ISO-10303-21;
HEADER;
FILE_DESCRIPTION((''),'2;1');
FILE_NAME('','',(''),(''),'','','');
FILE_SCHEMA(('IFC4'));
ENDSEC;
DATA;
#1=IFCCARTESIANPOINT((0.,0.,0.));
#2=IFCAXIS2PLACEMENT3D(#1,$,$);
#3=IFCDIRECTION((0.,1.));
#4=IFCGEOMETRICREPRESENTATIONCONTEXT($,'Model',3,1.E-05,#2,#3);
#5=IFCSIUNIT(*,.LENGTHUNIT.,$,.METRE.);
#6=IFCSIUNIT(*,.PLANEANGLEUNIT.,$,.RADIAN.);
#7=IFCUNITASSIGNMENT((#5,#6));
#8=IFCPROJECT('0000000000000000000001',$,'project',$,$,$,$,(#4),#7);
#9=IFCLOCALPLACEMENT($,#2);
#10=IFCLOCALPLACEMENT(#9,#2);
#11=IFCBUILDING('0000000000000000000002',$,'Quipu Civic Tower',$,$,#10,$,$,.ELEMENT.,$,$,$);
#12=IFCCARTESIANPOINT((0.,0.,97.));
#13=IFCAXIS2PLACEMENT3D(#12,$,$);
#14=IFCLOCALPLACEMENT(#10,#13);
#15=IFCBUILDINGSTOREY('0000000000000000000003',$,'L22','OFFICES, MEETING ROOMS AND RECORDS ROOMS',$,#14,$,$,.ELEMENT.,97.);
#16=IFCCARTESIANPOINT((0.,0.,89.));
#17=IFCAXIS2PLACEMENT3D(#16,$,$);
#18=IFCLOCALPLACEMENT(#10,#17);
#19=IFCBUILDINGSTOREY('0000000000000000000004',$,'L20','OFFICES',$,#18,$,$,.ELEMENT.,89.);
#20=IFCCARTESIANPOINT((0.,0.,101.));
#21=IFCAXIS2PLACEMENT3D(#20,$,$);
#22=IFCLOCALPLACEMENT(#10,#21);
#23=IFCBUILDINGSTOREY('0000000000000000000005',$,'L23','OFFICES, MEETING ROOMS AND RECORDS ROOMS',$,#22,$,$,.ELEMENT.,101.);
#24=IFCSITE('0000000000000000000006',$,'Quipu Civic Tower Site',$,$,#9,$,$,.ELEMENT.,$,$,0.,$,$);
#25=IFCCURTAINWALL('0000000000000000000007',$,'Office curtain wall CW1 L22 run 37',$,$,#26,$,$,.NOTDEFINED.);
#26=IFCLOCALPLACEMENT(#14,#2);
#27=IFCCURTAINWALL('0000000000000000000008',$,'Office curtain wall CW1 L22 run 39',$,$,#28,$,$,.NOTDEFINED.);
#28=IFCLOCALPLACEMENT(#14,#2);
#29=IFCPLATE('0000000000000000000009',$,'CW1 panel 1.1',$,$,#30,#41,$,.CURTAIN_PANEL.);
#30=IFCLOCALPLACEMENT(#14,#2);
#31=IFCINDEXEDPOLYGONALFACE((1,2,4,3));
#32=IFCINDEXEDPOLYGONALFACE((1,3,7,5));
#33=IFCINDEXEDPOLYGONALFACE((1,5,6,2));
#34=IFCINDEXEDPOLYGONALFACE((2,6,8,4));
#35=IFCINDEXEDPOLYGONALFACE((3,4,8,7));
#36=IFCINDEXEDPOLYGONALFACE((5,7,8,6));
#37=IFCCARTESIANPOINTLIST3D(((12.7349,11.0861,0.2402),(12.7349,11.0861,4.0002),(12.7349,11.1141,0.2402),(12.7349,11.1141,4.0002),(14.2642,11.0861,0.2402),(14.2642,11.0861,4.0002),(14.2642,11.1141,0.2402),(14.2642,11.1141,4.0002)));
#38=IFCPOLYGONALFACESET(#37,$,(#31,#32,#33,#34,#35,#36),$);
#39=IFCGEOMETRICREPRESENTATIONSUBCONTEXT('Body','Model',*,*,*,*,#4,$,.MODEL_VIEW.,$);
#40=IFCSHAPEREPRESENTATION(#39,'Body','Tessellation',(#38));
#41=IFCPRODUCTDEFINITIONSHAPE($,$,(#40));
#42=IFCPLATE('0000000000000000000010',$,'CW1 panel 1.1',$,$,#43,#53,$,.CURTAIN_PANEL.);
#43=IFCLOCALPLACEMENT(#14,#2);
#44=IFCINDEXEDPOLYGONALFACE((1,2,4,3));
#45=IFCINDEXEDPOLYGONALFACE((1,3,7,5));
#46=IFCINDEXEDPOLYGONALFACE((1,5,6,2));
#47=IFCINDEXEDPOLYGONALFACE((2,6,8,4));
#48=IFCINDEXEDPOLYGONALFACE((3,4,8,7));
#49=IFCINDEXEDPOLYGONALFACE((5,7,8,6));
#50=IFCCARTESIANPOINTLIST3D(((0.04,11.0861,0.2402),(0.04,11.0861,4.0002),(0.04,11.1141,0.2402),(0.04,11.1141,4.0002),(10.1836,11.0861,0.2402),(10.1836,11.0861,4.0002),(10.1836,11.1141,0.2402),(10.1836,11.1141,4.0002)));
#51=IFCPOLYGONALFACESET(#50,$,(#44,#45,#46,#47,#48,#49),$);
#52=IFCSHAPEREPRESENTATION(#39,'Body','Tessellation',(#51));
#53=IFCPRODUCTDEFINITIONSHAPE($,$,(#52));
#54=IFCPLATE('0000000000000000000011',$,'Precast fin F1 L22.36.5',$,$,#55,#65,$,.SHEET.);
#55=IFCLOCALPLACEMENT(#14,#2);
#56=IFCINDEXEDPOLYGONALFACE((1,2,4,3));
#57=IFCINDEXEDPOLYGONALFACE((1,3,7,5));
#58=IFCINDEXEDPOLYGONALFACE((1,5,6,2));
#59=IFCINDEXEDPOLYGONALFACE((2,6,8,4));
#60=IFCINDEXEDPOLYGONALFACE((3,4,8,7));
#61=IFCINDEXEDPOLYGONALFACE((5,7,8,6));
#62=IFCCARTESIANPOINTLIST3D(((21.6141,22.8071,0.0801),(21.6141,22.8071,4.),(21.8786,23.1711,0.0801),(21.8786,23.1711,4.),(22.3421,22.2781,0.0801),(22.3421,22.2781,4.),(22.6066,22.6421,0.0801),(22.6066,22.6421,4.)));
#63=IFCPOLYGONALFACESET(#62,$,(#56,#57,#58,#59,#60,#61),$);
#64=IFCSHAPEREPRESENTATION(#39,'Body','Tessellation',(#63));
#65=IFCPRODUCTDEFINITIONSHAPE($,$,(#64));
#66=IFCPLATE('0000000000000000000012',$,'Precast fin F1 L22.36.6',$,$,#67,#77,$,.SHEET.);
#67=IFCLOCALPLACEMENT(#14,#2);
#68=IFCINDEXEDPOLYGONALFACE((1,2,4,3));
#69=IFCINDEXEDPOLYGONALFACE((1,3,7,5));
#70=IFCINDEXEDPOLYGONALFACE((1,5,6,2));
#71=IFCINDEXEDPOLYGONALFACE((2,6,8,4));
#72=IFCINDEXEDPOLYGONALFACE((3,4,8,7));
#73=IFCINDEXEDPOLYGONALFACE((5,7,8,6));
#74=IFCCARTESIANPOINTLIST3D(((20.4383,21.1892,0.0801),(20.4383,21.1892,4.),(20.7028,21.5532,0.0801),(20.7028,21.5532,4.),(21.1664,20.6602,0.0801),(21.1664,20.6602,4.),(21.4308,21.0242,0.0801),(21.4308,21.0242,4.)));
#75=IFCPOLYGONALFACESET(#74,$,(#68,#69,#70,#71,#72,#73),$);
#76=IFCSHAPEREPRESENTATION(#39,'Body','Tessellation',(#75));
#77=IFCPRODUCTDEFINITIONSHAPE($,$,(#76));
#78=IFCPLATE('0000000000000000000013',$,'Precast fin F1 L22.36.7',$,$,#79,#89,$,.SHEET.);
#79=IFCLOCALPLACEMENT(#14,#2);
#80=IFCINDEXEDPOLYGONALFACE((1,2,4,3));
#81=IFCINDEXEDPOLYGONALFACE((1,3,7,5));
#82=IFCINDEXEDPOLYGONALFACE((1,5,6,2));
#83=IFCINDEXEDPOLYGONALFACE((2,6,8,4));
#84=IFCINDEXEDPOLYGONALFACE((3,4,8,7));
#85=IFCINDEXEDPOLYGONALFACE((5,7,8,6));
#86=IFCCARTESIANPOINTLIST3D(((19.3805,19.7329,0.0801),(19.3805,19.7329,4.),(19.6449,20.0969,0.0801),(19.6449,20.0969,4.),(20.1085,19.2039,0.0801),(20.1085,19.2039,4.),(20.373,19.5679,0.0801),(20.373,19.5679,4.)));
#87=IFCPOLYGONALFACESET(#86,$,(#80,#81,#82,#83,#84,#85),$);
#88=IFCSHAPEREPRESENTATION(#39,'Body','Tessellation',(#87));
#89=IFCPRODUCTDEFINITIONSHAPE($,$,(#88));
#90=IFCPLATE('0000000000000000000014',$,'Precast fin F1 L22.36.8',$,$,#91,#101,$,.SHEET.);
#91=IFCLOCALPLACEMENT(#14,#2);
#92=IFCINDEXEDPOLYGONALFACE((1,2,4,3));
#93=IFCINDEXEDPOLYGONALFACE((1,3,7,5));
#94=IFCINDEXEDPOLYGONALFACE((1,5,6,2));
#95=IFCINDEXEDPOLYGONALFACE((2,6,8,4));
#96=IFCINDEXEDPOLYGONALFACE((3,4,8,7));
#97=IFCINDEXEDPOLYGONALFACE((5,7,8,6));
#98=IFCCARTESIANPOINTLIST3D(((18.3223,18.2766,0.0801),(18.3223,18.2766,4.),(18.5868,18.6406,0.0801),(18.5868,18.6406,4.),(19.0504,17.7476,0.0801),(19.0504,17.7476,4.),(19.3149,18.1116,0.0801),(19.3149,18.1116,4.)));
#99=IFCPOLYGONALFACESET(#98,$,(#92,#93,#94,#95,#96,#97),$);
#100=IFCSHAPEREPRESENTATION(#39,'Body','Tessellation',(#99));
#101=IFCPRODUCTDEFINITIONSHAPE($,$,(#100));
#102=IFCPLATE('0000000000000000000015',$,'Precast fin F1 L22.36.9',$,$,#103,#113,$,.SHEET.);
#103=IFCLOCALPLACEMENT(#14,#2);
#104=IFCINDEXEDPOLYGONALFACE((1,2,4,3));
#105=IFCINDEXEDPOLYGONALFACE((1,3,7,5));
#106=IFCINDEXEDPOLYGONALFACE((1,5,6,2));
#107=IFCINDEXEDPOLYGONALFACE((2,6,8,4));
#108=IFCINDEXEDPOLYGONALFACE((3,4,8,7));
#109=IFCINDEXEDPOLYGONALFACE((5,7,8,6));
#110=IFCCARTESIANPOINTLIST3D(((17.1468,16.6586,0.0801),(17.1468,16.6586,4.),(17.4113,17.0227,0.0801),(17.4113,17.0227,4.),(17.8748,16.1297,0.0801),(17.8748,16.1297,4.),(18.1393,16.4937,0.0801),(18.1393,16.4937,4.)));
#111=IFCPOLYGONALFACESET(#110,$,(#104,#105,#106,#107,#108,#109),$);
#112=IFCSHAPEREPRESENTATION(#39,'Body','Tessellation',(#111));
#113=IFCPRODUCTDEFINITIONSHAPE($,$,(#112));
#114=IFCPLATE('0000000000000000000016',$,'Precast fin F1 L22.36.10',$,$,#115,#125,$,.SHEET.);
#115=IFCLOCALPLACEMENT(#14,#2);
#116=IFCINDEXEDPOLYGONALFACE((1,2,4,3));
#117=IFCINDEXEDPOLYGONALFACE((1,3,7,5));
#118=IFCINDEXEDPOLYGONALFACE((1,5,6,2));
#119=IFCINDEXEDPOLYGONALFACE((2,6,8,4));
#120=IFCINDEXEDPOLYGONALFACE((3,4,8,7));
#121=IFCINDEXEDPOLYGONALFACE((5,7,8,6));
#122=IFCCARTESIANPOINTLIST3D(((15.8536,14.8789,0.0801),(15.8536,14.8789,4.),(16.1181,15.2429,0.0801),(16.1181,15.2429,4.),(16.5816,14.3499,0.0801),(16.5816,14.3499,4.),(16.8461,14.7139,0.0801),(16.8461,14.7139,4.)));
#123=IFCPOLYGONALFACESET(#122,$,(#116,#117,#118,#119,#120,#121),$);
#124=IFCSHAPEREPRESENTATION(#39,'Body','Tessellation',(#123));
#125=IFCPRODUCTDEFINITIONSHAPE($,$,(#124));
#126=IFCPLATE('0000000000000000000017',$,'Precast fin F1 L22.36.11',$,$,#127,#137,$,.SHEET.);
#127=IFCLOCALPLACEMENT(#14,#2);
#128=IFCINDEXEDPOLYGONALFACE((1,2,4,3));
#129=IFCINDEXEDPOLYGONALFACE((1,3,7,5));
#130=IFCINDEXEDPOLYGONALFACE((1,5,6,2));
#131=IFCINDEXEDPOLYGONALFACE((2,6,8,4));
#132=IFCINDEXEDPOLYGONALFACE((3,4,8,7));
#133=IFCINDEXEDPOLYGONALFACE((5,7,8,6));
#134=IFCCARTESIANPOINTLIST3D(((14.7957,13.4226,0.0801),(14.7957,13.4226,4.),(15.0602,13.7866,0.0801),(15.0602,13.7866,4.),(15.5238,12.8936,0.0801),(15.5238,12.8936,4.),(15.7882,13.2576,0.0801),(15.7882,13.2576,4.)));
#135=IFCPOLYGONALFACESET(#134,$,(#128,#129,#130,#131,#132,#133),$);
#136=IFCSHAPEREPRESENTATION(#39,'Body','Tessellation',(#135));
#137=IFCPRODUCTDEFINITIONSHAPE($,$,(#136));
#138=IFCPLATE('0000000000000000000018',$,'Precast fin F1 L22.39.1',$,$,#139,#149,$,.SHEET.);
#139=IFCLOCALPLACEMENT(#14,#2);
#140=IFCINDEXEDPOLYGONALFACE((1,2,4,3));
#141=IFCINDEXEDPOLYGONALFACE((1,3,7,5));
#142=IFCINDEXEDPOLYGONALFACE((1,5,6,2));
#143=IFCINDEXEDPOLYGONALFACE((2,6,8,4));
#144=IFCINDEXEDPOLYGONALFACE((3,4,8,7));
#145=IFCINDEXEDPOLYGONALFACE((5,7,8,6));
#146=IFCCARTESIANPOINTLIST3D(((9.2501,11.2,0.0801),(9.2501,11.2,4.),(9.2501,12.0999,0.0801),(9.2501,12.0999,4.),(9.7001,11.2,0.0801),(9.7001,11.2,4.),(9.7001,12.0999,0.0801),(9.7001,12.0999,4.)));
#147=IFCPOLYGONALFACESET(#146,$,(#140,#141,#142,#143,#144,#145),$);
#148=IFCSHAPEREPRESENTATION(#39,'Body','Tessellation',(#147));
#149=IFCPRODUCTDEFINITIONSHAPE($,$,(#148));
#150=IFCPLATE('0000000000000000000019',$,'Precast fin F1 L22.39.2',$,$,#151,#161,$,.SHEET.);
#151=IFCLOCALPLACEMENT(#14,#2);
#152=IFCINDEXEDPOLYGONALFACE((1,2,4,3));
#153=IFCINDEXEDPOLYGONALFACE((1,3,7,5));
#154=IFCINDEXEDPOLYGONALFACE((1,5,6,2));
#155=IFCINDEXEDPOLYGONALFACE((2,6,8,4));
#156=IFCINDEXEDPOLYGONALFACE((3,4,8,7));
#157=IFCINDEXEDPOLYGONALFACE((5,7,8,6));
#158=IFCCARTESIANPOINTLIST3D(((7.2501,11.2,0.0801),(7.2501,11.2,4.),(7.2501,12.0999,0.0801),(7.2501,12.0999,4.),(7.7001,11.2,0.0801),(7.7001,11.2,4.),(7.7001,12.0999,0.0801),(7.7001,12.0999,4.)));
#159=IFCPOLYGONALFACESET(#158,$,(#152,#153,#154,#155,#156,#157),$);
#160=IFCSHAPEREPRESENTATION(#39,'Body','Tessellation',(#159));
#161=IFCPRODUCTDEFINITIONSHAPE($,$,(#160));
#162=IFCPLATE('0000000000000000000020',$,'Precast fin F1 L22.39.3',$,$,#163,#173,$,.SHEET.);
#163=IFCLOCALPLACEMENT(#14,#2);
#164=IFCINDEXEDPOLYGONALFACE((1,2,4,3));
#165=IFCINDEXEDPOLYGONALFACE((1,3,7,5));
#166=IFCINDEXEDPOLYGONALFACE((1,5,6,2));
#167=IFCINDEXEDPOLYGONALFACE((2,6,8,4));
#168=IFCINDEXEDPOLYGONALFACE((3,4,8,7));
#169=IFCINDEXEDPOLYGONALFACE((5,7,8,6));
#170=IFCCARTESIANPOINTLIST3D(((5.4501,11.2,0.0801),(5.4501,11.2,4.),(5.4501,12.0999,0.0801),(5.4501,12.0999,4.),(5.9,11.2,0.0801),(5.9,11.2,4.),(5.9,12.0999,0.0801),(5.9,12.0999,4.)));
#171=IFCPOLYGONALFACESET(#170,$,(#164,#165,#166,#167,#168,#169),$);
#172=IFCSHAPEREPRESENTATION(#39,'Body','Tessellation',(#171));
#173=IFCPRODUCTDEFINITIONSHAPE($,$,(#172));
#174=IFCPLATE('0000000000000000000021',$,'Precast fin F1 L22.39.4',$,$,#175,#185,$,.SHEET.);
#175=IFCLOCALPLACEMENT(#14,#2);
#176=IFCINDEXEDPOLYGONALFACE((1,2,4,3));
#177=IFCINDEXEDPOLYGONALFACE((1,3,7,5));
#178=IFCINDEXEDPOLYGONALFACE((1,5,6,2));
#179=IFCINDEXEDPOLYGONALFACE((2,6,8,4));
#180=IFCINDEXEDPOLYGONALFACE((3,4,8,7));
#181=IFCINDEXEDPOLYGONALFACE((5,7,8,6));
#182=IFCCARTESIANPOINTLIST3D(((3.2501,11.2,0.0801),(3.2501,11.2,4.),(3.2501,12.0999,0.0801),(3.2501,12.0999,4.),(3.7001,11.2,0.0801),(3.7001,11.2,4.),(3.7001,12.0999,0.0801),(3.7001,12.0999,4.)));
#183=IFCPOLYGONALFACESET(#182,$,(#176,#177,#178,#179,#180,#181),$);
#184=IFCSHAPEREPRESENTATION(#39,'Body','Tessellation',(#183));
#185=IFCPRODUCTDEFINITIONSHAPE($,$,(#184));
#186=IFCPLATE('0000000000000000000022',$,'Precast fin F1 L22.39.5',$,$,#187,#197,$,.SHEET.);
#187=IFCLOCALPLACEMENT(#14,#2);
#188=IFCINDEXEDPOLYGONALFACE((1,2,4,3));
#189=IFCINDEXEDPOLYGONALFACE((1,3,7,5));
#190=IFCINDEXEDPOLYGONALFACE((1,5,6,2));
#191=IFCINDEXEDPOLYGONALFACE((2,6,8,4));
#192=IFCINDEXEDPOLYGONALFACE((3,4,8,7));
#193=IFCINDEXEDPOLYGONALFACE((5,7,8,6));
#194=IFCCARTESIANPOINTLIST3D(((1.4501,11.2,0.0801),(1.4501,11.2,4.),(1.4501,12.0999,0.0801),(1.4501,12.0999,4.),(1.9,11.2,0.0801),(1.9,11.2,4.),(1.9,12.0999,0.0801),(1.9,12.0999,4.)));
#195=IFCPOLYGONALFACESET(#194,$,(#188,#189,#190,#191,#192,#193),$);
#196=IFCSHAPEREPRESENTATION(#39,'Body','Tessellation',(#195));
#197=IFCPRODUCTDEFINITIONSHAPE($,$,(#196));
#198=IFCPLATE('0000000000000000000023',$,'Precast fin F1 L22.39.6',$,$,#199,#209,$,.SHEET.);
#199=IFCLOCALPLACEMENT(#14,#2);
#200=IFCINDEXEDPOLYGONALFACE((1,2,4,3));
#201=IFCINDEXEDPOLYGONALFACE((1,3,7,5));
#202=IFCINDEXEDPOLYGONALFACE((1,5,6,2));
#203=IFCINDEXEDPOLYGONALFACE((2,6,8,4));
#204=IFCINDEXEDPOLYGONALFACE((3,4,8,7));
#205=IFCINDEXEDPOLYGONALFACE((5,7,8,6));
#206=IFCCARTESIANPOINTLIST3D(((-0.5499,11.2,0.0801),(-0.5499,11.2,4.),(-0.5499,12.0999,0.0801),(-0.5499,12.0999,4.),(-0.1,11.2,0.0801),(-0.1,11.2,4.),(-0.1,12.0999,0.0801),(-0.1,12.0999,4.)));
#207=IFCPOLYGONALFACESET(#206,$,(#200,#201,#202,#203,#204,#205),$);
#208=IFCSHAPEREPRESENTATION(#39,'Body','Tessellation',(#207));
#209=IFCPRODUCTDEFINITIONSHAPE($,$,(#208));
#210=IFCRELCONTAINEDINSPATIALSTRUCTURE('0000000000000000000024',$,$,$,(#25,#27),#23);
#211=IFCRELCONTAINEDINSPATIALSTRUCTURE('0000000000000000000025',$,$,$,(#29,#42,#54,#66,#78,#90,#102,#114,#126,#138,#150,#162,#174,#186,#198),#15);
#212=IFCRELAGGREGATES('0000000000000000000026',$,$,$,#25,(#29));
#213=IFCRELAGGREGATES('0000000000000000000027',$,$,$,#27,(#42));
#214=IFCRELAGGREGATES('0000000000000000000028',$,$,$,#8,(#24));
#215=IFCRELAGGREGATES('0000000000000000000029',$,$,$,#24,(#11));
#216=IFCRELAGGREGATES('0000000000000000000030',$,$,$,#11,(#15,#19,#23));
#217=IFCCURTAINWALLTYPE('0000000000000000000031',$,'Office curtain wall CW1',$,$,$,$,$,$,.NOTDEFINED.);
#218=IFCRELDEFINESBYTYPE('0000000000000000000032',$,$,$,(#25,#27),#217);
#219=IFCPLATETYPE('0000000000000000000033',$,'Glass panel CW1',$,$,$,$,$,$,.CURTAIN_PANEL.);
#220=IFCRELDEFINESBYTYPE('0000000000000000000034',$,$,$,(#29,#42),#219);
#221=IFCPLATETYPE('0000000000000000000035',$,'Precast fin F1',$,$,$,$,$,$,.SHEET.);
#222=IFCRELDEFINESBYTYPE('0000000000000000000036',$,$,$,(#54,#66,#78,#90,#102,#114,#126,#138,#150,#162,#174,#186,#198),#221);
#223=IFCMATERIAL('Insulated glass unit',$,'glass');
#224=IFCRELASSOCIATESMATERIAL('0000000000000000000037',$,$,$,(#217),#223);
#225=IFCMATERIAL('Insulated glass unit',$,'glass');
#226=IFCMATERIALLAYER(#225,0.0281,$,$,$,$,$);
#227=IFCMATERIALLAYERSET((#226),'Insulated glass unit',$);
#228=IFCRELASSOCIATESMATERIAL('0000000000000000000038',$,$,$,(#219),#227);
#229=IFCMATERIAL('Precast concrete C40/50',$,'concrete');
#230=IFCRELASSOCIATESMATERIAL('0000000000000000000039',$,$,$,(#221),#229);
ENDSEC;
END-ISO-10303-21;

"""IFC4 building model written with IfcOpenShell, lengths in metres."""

from ifc_helpers import new_model, si_unit, direction, frame, origin, origin_2d, place, context, subcontext, project, spatial, rectangle, extrude, material, layer, layer_set, type_object, element, aggregate, save


model = new_model("IFC4")

# Units and contexts
model_context = context("Model", 3, precision=1e-05, world=origin(), true_north=direction((0.0, 1.0)))
body_context = subcontext(model_context, "Body", "Model", "MODEL_VIEW")
ifc_project = project(units=[si_unit("LENGTHUNIT", "METRE"), si_unit("PLANEANGLEUNIT", "RADIAN")], contexts=[model_context])

# Site, building, storey
site_placement = place(None, origin())
site = spatial("IfcSite", under=ifc_project, at=site_placement, Name="Quipu Civic Tower Site", CompositionType="ELEMENT", RefElevation=0.0)
building_placement = place(site_placement, origin())
building = spatial("IfcBuilding", under=site, at=building_placement, Name="Quipu Civic Tower", CompositionType="ELEMENT")
storey_1_placement = place(building_placement, frame((0.0, 0.0, 97.0)))
storey_1 = spatial("IfcBuildingStorey", under=building, at=storey_1_placement, Name="L22", Description="OFFICES, MEETING ROOMS AND RECORDS ROOMS", CompositionType="ELEMENT", Elevation=97.0)

# Shared definitions
storey_2_placement = place(building_placement, frame((0.0, 0.0, 89.0)))
storey_2 = spatial("IfcBuildingStorey", under=building, at=storey_2_placement, Name="L20", Description="OFFICES", CompositionType="ELEMENT", Elevation=89.0)

# Shared definitions
ifc_material_1 = material(Name="Insulated glass unit", Category="glass")
curtain_wall_type = type_object("IfcCurtainWallType", Name="Office curtain wall CW1", PredefinedType="NOTDEFINED", material=ifc_material_1)

# Shared definitions
storey_3_placement = place(building_placement, frame((0.0, 0.0, 101.0)))
storey_3 = spatial("IfcBuildingStorey", under=building, at=storey_3_placement, Name="L23", Description="OFFICES, MEETING ROOMS AND RECORDS ROOMS", CompositionType="ELEMENT", Elevation=101.0)

# Curtain wall
curtain_wall_1_placement = place(storey_3_placement, origin())
curtain_wall_1 = element("IfcCurtainWall", 1, at=curtain_wall_1_placement, inside=storey_3, type_object=curtain_wall_type, Name="Office curtain wall CW1 L22 run 37", PredefinedType="NOTDEFINED")

# Curtain wall
curtain_wall_2_placement = place(storey_3_placement, origin())
curtain_wall_2 = element("IfcCurtainWall", 2, at=curtain_wall_2_placement, inside=storey_3, type_object=curtain_wall_type, Name="Office curtain wall CW1 L22 run 39", PredefinedType="NOTDEFINED")

# Plates
ifc_material_2 = material(Name="Insulated glass unit", Category="glass")
ifc_layer = layer(ifc_material_2, 0.0281)
ifc_layer_set = layer_set([ifc_layer], Name="Insulated glass unit")
plate_type_1 = type_object("IfcPlateType", Name="Glass panel CW1", PredefinedType="CURTAIN_PANEL", material=ifc_layer_set)
plate_1_placement = place(storey_1_placement, frame((13.4995, 11.1001, 0.2402), z_axis=(0.0, 0.0, 1.0), x_axis=(-1.0, 0.0, 0.0)))
plate_1 = element("IfcPlate", 3, at=plate_1_placement, inside=storey_1, type_object=plate_type_1, Name="CW1 panel 1.1", PredefinedType="CURTAIN_PANEL", context=body_context, shape_type="SweptSolid", body=[
    extrude(rectangle(XDim=1.5293, YDim=0.0281, at=origin_2d()), origin(), (0.0, 0.0, 1.0), 3.76),
])
aggregate(curtain_wall_1, [plate_1])
plate_2_placement = place(storey_1_placement, frame((5.1118, 11.1001, 0.2402), z_axis=(0.0, 0.0, 1.0), x_axis=(-1.0, 0.0, 0.0)))
plate_2 = element("IfcPlate", 4, at=plate_2_placement, inside=storey_1, type_object=plate_type_1, Name="CW1 panel 1.1", PredefinedType="CURTAIN_PANEL", context=body_context, shape_type="SweptSolid", body=[
    extrude(rectangle(XDim=10.1436, YDim=0.0281, at=origin_2d()), origin(), (0.0, 0.0, 1.0), 3.76),
])
aggregate(curtain_wall_2, [plate_2])

# Plates
ifc_material_3 = material(Name="Precast concrete C40/50", Category="concrete")
plate_type_2 = type_object("IfcPlateType", Name="Precast fin F1", PredefinedType="SHEET", material=ifc_material_3)
for number, where, z_axis, x_axis, name in (
    (5, (22.1104, 22.7246, 0.0801), (0.0, 0.0, 1.0), (-0.587787, -0.809016, 0.0), "Precast fin F1 L22.36.5"),
    (6, (20.9346, 21.1067, 0.0801), (0.0, 0.0, 1.0), (-0.587787, -0.809016, 0.0), "Precast fin F1 L22.36.6"),
    (7, (19.8767, 19.6504, 0.0801), (0.0, 0.0, 1.0), (-0.587787, -0.809016, 0.0), "Precast fin F1 L22.36.7"),
    (8, (18.8186, 18.1941, 0.0801), (0.0, 0.0, 1.0), (-0.587787, -0.809016, 0.0), "Precast fin F1 L22.36.8"),
    (9, (17.6431, 16.5762, 0.0801), (0.0, 0.0, 1.0), (-0.587787, -0.809016, 0.0), "Precast fin F1 L22.36.9"),
    (10, (16.3499, 14.7964, 0.0801), (0.0, 0.0, 1.0), (-0.587787, -0.809016, 0.0), "Precast fin F1 L22.36.10"),
    (11, (15.292, 13.3401, 0.0801), (0.0, 0.0, 1.0), (-0.587787, -0.809016, 0.0), "Precast fin F1 L22.36.11"),
    (12, (9.4751, 11.6499, 0.0801), (0.0, 0.0, 1.0), (-1.0, 0.0, 0.0), "Precast fin F1 L22.39.1"),
    (13, (7.4751, 11.6499, 0.0801), (0.0, 0.0, 1.0), (-1.0, 0.0, 0.0), "Precast fin F1 L22.39.2"),
    (14, (5.675, 11.6499, 0.0801), (0.0, 0.0, 1.0), (-1.0, 0.0, 0.0), "Precast fin F1 L22.39.3"),
    (15, (3.4751, 11.6499, 0.0801), (0.0, 0.0, 1.0), (-1.0, 0.0, 0.0), "Precast fin F1 L22.39.4"),
    (16, (1.675, 11.6499, 0.0801), (0.0, 0.0, 1.0), (-1.0, 0.0, 0.0), "Precast fin F1 L22.39.5"),
    (17, (-0.325, 11.6499, 0.0801), (0.0, 0.0, 1.0), (-1.0, 0.0, 0.0), "Precast fin F1 L22.39.6"),
):
    element("IfcPlate", number, at=place(storey_1_placement, frame(where, z_axis=z_axis, x_axis=x_axis)), inside=storey_1, type_object=plate_type_2, Name=name, PredefinedType="SHEET", context=body_context, shape_type="SweptSolid", body=[
        extrude(rectangle(XDim=0.45, YDim=0.8999, at=origin_2d()), origin(), (0.0, 0.0, 1.0), 3.9199),
    ])

save(model, "model.ifc")
